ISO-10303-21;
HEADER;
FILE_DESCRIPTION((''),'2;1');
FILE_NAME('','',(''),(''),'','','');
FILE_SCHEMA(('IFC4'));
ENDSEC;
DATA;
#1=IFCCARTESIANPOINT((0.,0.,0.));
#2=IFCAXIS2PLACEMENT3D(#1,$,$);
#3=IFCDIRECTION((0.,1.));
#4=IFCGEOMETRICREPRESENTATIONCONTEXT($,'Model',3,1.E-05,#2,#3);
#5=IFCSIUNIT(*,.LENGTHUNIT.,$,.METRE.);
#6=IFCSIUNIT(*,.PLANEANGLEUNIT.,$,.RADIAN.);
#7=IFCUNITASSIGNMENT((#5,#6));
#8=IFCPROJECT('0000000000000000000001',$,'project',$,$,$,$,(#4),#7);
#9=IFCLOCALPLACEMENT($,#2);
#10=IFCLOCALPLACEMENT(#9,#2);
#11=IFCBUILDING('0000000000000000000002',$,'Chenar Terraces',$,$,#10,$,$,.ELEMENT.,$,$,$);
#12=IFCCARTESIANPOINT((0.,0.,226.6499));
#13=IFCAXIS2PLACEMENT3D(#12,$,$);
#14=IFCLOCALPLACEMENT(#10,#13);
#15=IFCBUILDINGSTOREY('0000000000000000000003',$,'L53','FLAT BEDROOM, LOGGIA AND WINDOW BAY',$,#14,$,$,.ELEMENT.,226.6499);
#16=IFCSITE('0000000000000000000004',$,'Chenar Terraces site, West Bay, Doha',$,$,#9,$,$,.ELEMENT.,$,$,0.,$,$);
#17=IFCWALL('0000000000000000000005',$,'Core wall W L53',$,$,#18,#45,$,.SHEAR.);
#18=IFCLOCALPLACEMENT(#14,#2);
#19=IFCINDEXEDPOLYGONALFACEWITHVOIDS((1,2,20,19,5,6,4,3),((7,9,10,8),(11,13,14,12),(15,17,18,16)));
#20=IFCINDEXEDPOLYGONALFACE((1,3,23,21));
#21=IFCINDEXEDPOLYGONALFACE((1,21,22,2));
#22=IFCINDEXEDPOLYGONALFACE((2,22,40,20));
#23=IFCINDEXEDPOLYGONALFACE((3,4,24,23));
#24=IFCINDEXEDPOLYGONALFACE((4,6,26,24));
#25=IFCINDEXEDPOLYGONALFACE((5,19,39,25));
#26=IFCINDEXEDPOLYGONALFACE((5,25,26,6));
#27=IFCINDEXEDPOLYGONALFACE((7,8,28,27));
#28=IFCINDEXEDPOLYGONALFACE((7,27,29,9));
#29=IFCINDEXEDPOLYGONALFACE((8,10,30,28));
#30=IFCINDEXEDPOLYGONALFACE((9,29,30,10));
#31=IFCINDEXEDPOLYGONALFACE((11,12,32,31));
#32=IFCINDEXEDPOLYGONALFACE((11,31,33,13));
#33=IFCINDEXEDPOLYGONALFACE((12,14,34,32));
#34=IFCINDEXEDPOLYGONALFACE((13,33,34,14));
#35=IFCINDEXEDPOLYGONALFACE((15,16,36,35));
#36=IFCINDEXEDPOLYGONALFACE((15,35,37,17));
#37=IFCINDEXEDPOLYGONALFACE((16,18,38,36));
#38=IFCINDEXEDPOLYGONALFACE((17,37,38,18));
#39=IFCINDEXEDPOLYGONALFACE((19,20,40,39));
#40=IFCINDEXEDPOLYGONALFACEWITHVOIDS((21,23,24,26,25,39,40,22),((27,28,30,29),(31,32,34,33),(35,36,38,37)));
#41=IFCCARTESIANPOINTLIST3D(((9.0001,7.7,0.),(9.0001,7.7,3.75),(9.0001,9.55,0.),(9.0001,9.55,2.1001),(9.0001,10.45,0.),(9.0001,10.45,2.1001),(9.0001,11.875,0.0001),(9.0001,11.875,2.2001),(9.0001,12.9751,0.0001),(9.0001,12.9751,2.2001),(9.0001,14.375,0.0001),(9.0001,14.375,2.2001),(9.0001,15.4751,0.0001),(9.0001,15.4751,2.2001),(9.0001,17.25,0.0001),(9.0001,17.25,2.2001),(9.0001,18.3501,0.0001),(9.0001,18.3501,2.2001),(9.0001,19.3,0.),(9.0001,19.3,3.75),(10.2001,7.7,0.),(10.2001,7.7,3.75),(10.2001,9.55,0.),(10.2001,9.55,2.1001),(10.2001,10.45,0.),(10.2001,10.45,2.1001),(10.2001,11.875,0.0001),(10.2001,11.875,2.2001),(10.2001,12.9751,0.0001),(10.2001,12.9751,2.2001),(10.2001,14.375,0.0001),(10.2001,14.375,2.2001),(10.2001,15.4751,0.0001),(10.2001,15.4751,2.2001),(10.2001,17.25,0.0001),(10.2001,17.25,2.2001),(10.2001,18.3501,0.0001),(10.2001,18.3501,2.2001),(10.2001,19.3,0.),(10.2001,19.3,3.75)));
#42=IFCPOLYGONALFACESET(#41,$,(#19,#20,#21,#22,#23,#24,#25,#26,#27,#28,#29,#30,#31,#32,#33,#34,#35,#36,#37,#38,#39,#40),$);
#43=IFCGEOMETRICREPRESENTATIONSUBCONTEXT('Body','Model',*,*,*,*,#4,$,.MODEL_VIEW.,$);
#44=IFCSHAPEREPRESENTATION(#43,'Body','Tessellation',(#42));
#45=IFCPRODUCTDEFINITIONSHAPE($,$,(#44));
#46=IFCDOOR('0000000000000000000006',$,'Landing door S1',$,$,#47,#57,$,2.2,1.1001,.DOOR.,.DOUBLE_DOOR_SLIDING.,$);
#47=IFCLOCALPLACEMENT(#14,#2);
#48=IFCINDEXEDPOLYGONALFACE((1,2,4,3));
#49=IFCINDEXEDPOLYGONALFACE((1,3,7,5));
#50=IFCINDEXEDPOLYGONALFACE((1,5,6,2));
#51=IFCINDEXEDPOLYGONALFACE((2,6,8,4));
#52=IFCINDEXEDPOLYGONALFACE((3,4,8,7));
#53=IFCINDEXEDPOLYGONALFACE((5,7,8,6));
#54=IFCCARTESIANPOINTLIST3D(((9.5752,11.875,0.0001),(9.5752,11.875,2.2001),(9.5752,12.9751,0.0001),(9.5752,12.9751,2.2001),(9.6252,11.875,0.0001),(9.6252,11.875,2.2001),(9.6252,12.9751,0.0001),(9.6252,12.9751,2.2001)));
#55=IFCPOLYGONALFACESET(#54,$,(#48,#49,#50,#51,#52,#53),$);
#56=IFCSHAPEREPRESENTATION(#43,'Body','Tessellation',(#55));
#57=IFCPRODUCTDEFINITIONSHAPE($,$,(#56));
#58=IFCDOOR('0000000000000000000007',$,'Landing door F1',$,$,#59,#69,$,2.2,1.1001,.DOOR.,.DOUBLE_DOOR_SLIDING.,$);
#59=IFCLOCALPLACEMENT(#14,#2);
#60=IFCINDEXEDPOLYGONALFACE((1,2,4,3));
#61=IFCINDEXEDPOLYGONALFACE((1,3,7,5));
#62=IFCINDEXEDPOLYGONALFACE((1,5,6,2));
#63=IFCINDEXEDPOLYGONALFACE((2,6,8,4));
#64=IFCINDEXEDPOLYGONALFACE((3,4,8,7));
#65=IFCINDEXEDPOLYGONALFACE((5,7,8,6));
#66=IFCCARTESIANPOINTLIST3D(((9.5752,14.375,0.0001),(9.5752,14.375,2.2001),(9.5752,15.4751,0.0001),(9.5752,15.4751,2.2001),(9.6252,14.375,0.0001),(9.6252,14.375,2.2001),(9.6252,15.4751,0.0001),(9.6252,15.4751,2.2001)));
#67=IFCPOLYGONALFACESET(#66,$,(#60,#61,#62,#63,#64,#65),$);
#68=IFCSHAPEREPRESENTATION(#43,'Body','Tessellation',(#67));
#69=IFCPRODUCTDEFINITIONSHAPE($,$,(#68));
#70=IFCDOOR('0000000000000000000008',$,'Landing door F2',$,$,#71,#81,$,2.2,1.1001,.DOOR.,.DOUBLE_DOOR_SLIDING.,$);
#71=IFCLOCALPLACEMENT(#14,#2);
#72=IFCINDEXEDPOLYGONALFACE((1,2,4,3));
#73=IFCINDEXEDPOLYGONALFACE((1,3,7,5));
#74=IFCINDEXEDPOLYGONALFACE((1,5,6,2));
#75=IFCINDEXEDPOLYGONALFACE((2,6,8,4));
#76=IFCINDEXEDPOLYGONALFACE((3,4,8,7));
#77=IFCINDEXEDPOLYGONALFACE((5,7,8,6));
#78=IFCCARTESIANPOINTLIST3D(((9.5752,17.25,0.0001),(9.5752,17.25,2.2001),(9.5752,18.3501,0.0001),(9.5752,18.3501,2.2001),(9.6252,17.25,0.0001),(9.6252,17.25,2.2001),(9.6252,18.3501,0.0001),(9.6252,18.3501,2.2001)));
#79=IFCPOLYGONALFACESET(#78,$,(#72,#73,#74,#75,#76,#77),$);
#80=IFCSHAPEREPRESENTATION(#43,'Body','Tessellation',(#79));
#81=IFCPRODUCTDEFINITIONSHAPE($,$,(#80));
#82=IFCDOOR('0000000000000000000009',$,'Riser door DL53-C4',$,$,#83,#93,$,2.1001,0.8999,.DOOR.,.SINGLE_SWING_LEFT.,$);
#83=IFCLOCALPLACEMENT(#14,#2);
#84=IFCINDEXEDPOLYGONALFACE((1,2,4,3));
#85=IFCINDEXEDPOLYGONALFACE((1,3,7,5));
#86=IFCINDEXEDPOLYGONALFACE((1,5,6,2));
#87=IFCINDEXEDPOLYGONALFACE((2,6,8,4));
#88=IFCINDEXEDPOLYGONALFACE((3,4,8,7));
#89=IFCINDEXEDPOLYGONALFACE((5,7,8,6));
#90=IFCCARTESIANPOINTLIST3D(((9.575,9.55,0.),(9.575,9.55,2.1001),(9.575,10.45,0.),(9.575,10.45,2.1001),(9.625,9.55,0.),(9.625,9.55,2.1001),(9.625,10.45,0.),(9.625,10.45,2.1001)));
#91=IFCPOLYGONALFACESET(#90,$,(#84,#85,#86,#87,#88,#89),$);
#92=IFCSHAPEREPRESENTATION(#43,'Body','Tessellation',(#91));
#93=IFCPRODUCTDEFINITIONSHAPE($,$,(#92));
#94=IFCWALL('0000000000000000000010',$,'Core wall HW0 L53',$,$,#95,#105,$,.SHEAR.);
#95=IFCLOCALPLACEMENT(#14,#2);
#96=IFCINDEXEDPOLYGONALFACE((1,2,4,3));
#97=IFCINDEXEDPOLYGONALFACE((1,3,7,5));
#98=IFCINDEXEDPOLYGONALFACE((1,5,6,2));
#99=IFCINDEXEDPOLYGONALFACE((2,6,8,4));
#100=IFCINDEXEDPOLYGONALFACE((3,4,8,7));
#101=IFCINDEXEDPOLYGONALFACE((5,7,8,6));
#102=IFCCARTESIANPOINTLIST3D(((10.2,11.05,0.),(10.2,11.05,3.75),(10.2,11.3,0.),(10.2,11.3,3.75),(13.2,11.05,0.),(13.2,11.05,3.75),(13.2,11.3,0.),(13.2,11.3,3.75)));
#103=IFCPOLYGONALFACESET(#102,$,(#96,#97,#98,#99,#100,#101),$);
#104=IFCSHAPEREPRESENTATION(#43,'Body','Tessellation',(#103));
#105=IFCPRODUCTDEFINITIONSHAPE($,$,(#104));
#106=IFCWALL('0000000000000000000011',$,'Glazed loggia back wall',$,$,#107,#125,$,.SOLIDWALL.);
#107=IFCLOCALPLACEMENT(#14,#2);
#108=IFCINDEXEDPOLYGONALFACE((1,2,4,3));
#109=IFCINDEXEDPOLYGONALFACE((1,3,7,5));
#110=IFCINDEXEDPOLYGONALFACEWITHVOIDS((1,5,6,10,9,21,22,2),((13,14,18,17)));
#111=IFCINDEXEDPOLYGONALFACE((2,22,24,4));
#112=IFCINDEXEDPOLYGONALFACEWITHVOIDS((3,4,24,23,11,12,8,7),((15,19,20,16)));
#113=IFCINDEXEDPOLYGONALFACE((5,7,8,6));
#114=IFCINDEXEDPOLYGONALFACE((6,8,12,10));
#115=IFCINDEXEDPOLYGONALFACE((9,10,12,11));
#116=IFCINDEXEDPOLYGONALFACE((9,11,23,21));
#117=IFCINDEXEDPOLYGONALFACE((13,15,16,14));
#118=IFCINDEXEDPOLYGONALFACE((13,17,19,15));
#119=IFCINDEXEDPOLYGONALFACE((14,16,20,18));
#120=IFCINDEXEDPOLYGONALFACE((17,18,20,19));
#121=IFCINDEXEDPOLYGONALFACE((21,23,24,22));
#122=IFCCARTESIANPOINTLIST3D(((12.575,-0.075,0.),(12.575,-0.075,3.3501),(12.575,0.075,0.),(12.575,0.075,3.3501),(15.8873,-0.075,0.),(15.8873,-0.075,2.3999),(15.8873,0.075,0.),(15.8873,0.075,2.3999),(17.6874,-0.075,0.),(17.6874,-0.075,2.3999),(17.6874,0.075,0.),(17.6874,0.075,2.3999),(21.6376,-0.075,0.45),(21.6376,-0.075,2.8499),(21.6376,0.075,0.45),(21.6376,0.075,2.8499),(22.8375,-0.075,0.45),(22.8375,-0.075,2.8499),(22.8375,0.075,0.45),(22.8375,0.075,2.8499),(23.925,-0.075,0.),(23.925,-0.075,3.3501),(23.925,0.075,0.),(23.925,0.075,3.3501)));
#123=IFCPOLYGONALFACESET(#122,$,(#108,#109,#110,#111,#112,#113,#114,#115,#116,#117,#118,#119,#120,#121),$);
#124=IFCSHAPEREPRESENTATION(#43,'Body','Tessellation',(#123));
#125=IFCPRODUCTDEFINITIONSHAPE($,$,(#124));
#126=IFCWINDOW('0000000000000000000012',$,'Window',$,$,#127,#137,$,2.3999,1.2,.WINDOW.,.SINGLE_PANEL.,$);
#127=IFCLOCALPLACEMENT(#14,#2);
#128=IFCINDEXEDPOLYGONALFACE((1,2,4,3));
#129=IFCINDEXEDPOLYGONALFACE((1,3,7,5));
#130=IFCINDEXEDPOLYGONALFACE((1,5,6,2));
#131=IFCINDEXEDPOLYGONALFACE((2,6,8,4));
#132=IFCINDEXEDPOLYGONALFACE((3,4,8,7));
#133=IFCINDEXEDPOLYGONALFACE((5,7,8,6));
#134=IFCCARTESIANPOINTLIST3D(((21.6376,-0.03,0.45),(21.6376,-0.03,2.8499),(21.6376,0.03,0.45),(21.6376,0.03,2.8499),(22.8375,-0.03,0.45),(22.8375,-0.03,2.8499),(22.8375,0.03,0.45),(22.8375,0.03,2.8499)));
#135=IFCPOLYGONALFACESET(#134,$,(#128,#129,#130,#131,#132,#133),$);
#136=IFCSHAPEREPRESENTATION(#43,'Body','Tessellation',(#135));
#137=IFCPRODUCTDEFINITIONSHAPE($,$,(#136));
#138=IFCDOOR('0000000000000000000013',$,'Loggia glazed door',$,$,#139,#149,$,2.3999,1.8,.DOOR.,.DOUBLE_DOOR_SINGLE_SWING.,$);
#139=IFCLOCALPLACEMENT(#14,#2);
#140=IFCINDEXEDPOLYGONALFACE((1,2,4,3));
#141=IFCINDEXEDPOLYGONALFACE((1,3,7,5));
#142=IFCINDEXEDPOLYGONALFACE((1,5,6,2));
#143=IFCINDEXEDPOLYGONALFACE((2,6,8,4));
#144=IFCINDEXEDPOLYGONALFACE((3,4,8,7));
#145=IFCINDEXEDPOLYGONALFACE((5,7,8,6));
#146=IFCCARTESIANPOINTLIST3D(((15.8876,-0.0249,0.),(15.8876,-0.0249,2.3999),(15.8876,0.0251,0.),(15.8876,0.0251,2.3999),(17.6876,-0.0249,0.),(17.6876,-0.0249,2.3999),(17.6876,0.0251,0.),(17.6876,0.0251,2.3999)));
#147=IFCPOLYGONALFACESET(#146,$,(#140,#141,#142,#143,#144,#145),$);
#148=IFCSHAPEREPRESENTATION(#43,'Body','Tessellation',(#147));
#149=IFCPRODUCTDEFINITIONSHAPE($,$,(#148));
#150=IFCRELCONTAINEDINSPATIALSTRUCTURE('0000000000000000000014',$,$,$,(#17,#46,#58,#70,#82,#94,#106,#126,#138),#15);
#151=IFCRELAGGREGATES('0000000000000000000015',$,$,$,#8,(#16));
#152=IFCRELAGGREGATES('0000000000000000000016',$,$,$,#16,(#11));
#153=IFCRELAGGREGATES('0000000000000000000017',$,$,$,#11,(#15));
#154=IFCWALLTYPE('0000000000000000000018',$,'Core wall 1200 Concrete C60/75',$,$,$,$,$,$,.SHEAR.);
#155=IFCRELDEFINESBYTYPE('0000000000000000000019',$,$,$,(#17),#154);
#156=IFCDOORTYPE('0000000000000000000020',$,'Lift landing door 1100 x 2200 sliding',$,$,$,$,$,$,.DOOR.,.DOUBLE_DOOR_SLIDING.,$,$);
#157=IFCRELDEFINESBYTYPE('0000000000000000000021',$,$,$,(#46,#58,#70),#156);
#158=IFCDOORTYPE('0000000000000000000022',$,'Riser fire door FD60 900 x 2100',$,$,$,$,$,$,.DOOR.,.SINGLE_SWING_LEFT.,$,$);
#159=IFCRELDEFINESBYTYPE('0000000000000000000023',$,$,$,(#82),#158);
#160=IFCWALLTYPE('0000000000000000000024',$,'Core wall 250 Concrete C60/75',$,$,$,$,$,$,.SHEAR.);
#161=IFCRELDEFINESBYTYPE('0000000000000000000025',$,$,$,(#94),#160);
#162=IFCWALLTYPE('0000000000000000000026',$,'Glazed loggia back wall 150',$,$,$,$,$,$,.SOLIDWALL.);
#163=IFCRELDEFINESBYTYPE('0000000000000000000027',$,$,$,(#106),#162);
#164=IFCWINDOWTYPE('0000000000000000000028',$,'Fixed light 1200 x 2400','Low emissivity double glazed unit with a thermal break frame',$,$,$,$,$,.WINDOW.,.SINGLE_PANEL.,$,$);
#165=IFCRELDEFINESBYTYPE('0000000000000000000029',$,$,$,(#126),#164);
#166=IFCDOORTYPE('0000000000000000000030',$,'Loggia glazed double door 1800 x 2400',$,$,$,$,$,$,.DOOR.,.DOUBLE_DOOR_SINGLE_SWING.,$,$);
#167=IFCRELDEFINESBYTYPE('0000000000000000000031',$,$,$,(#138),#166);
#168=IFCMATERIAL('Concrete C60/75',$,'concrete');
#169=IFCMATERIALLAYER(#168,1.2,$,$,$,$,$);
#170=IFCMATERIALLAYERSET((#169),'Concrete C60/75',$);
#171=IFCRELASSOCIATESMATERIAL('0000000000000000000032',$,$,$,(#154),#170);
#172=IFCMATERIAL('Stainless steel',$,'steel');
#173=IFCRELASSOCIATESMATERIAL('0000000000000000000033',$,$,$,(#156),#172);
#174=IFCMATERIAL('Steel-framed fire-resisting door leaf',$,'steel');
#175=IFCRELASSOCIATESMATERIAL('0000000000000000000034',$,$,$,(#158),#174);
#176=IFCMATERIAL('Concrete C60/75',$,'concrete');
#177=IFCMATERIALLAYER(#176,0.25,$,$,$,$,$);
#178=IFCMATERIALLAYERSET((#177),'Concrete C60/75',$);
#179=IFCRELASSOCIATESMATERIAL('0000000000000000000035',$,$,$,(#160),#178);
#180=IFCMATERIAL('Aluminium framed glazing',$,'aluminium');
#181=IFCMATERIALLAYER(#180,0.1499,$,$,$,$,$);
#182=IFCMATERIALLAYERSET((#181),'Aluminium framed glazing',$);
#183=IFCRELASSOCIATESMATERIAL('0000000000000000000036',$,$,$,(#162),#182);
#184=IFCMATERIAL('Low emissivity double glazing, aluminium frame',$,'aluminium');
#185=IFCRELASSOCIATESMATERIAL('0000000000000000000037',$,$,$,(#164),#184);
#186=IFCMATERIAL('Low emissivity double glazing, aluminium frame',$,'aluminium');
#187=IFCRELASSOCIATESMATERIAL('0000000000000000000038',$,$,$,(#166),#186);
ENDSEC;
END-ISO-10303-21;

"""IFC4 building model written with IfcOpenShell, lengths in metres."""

from ifc_helpers import new_model, si_unit, direction, frame, frame_2d, origin, place, context, subcontext, project, spatial, rectangle, extrude, material, layer, layer_set, type_object, element, fill, save


model = new_model("IFC4")

# Units and contexts
model_context = context("Model", 3, precision=1e-05, world=origin(), true_north=direction((0.0, 1.0)))
body_context = subcontext(model_context, "Body", "Model", "MODEL_VIEW")
ifc_project = project(units=[si_unit("LENGTHUNIT", "METRE"), si_unit("PLANEANGLEUNIT", "RADIAN")], contexts=[model_context])

# Site, building, storey
site_placement = place(None, origin())
site = spatial("IfcSite", under=ifc_project, at=site_placement, Name="Chenar Terraces site, West Bay, Doha", CompositionType="ELEMENT", RefElevation=0.0)
building_placement = place(site_placement, origin())
building = spatial("IfcBuilding", under=site, at=building_placement, Name="Chenar Terraces", CompositionType="ELEMENT")
storey_placement = place(building_placement, frame((0.0, 0.0, 226.6499)))
storey = spatial("IfcBuildingStorey", under=building, at=storey_placement, Name="L53", Description="FLAT BEDROOM, LOGGIA AND WINDOW BAY", CompositionType="ELEMENT", Elevation=226.6499)

# Wall, openings, doors
ifc_material_1 = material(Name="Concrete C60/75", Category="concrete")
ifc_layer_1 = layer(ifc_material_1, 1.2)
ifc_layer_set_1 = layer_set([ifc_layer_1], Name="Concrete C60/75")
wall_type_1 = type_object("IfcWallType", Name="Core wall 1200 Concrete C60/75", PredefinedType="SHEAR", material=ifc_layer_set_1)
wall_1_placement = place(storey_placement, frame((9.6001, 7.7, 0.0), z_axis=(0.0, 0.0, 1.0), x_axis=(0.0, 1.0, 0.0)))
wall_1 = element("IfcWall", 1, at=wall_1_placement, inside=storey, type_object=wall_type_1, Name="Core wall W L53", PredefinedType="SHEAR", context=body_context, shape_type="SweptSolid", body=[
    extrude(rectangle(XDim=11.6001, YDim=1.2, at=frame_2d((5.8, 0.0))), origin(), (0.0, 0.0, 1.0), 3.75),
])
opening_1_placement = place(wall_1_placement, frame((4.175, 0.0, 0.0)))
opening_1 = element("IfcOpeningElement", 2, at=opening_1_placement, cuts=wall_1, PredefinedType="OPENING", context=body_context, shape_type="SweptSolid", body=[
    extrude(rectangle(XDim=1.1001, YDim=2.2, at=frame_2d((0.55, 1.1001))), frame((0.0, 0.6099, 0.0), z_axis=(0.0, -1.0, 0.0), x_axis=(1.0, 0.0, 0.0)), (0.0, 0.0, 1.0), 1.22),
])
opening_2_placement = place(wall_1_placement, frame((6.675, 0.0, 0.0)))
opening_2 = element("IfcOpeningElement", 3, at=opening_2_placement, cuts=wall_1, PredefinedType="OPENING", context=body_context, shape_type="SweptSolid", body=[
    extrude(rectangle(XDim=1.1001, YDim=2.2, at=frame_2d((0.55, 1.1001))), frame((0.0, 0.6099, 0.0), z_axis=(0.0, -1.0, 0.0), x_axis=(1.0, 0.0, 0.0)), (0.0, 0.0, 1.0), 1.22),
])
opening_3_placement = place(wall_1_placement, frame((9.55, 0.0, 0.0)))
opening_3 = element("IfcOpeningElement", 4, at=opening_3_placement, cuts=wall_1, PredefinedType="OPENING", context=body_context, shape_type="SweptSolid", body=[
    extrude(rectangle(XDim=1.1001, YDim=2.2, at=frame_2d((0.55, 1.1001))), frame((0.0, 0.6099, 0.0), z_axis=(0.0, -1.0, 0.0), x_axis=(1.0, 0.0, 0.0)), (0.0, 0.0, 1.0), 1.22),
])
opening_4_placement = place(wall_1_placement, frame((1.8501, 0.0, 0.0)))
opening_4 = element("IfcOpeningElement", 5, at=opening_4_placement, cuts=wall_1, PredefinedType="OPENING", context=body_context, shape_type="SweptSolid", body=[
    extrude(rectangle(XDim=0.8999, YDim=2.1001, at=frame_2d((0.45, 1.05))), frame((0.0, 0.6099, 0.0), z_axis=(0.0, -1.0, 0.0), x_axis=(1.0, 0.0, 0.0)), (0.0, 0.0, 1.0), 1.22),
])
ifc_material_2 = material(Name="Stainless steel", Category="steel")
door_type_1 = type_object("IfcDoorType", Name="Lift landing door 1100 x 2200 sliding", OperationType="DOUBLE_DOOR_SLIDING", PredefinedType="DOOR", material=ifc_material_2)
door_1_placement = place(opening_1_placement, origin())
door_1 = element("IfcDoor", 6, at=door_1_placement, inside=storey, type_object=door_type_1, Name="Landing door S1", OperationType="DOUBLE_DOOR_SLIDING", OverallHeight=2.2, OverallWidth=1.1001, PredefinedType="DOOR", context=body_context, shape_type="SweptSolid", body=[
    extrude(rectangle(XDim=1.1001, YDim=2.2, at=frame_2d((0.55, 1.1001))), frame((0.0, 0.0249, 0.0), z_axis=(0.0, -1.0, 0.0), x_axis=(1.0, 0.0, 0.0)), (0.0, 0.0, 1.0), 0.05),
])
fill(opening_1, door_1)
door_2_placement = place(opening_2_placement, origin())
door_2 = element("IfcDoor", 7, at=door_2_placement, inside=storey, type_object=door_type_1, Name="Landing door F1", OperationType="DOUBLE_DOOR_SLIDING", OverallHeight=2.2, OverallWidth=1.1001, PredefinedType="DOOR", context=body_context, shape_type="SweptSolid", body=[
    extrude(rectangle(XDim=1.1001, YDim=2.2, at=frame_2d((0.55, 1.1001))), frame((0.0, 0.0249, 0.0), z_axis=(0.0, -1.0, 0.0), x_axis=(1.0, 0.0, 0.0)), (0.0, 0.0, 1.0), 0.05),
])
fill(opening_2, door_2)
door_3_placement = place(opening_3_placement, origin())
door_3 = element("IfcDoor", 8, at=door_3_placement, inside=storey, type_object=door_type_1, Name="Landing door F2", OperationType="DOUBLE_DOOR_SLIDING", OverallHeight=2.2, OverallWidth=1.1001, PredefinedType="DOOR", context=body_context, shape_type="SweptSolid", body=[
    extrude(rectangle(XDim=1.1001, YDim=2.2, at=frame_2d((0.55, 1.1001))), frame((0.0, 0.0249, 0.0), z_axis=(0.0, -1.0, 0.0), x_axis=(1.0, 0.0, 0.0)), (0.0, 0.0, 1.0), 0.05),
])
fill(opening_3, door_3)
ifc_material_3 = material(Name="Steel-framed fire-resisting door leaf", Category="steel")
door_type_2 = type_object("IfcDoorType", Name="Riser fire door FD60 900 x 2100", OperationType="SINGLE_SWING_LEFT", PredefinedType="DOOR", material=ifc_material_3)
door_4_placement = place(opening_4_placement, frame((0.8999, 0.0, 0.0), z_axis=(0.0, 0.0, 1.0), x_axis=(-1.0, 0.0, 0.0)))
door_4 = element("IfcDoor", 9, at=door_4_placement, inside=storey, type_object=door_type_2, Name="Riser door DL53-C4", OperationType="SINGLE_SWING_LEFT", OverallHeight=2.1001, OverallWidth=0.8999, PredefinedType="DOOR", context=body_context, shape_type="SweptSolid", body=[
    extrude(rectangle(XDim=0.8999, YDim=2.1001, at=frame_2d((0.45, 1.05))), frame((0.0, 0.0249, 0.0), z_axis=(0.0, -1.0, 0.0), x_axis=(1.0, 0.0, 0.0)), (0.0, 0.0, 1.0), 0.05),
])
fill(opening_4, door_4)

# Wall
ifc_material_4 = material(Name="Concrete C60/75", Category="concrete")
ifc_layer_2 = layer(ifc_material_4, 0.25)
ifc_layer_set_2 = layer_set([ifc_layer_2], Name="Concrete C60/75")
wall_type_2 = type_object("IfcWallType", Name="Core wall 250 Concrete C60/75", PredefinedType="SHEAR", material=ifc_layer_set_2)
wall_2_placement = place(storey_placement, frame((10.2, 11.175, 0.0), z_axis=(0.0, 0.0, 1.0), x_axis=(1.0, 0.0, 0.0)))
element("IfcWall", 10, at=wall_2_placement, inside=storey, type_object=wall_type_2, Name="Core wall HW0 L53", PredefinedType="SHEAR", context=body_context, shape_type="SweptSolid", body=[
    extrude(rectangle(XDim=3.0, YDim=0.25, at=frame_2d((1.5, 0.0))), origin(), (0.0, 0.0, 1.0), 3.75),
])

# Wall, openings, window, door
ifc_material_5 = material(Name="Aluminium framed glazing", Category="aluminium")
ifc_layer_3 = layer(ifc_material_5, 0.1499)
ifc_layer_set_3 = layer_set([ifc_layer_3], Name="Aluminium framed glazing")
wall_type_3 = type_object("IfcWallType", Name="Glazed loggia back wall 150", PredefinedType="SOLIDWALL", material=ifc_layer_set_3)
wall_3_placement = place(storey_placement, frame((12.575, 0.0, 0.0), z_axis=(0.0, 0.0, 1.0), x_axis=(1.0, 0.0, 0.0)))
wall_3 = element("IfcWall", 11, at=wall_3_placement, inside=storey, type_object=wall_type_3, Name="Glazed loggia back wall", PredefinedType="SOLIDWALL", context=body_context, shape_type="SweptSolid", body=[
    extrude(rectangle(XDim=11.3501, YDim=0.1499, at=frame_2d((5.675, 0.0))), origin(), (0.0, 0.0, 1.0), 3.3501),
])
opening_5_placement = place(wall_3_placement, frame((3.3125, 0.0, 0.0)))
opening_5 = element("IfcOpeningElement", 12, at=opening_5_placement, cuts=wall_3, PredefinedType="OPENING", context=body_context, shape_type="SweptSolid", body=[
    extrude(rectangle(XDim=1.8, YDim=2.3999, at=frame_2d((0.8999, 1.2))), frame((0.0, 0.085, 0.0), z_axis=(0.0, -1.0, 0.0), x_axis=(1.0, 0.0, 0.0)), (0.0, 0.0, 1.0), 0.1699),
])
opening_6_placement = place(wall_3_placement, frame((9.0625, 0.0, 0.45)))
opening_6 = element("IfcOpeningElement", 13, at=opening_6_placement, cuts=wall_3, PredefinedType="OPENING", context=body_context, shape_type="SweptSolid", body=[
    extrude(rectangle(XDim=1.2, YDim=2.3999, at=frame_2d((0.6001, 1.2))), frame((0.0, 0.085, 0.0), z_axis=(0.0, -1.0, 0.0), x_axis=(1.0, 0.0, 0.0)), (0.0, 0.0, 1.0), 0.1699),
])
ifc_material_6 = material(Name="Low emissivity double glazing, aluminium frame", Category="aluminium")
window_type = type_object("IfcWindowType", Name="Fixed light 1200 x 2400", Description="Low emissivity double glazed unit with a thermal break frame", PartitioningType="SINGLE_PANEL", PredefinedType="WINDOW", material=ifc_material_6)
window_placement = place(opening_6_placement, origin())
window = element("IfcWindow", 14, at=window_placement, inside=storey, type_object=window_type, Name="Window", OverallHeight=2.3999, OverallWidth=1.2, PartitioningType="SINGLE_PANEL", PredefinedType="WINDOW", context=body_context, shape_type="SweptSolid", body=[
    extrude(rectangle(XDim=1.2, YDim=2.3999, at=frame_2d((0.6001, 1.2))), frame((0.0, 0.03, 0.0), z_axis=(0.0, -1.0, 0.0), x_axis=(1.0, 0.0, 0.0)), (0.0, 0.0, 1.0), 0.0601),
])
fill(opening_6, window)
ifc_material_7 = material(Name="Low emissivity double glazing, aluminium frame", Category="aluminium")
door_type_3 = type_object("IfcDoorType", Name="Loggia glazed double door 1800 x 2400", OperationType="DOUBLE_DOOR_SINGLE_SWING", PredefinedType="DOOR", material=ifc_material_7)
door_5_placement = place(opening_5_placement, frame((1.8, 0.0, 0.0), z_axis=(0.0, 0.0, 1.0), x_axis=(-1.0, 0.0, 0.0)))
door_5 = element("IfcDoor", 15, at=door_5_placement, inside=storey, type_object=door_type_3, Name="Loggia glazed door", OperationType="DOUBLE_DOOR_SINGLE_SWING", OverallHeight=2.3999, OverallWidth=1.8, PredefinedType="DOOR", context=body_context, shape_type="SweptSolid", body=[
    extrude(rectangle(XDim=1.8, YDim=2.3999, at=frame_2d((0.8999, 1.2))), frame((0.0, 0.0249, 0.0), z_axis=(0.0, -1.0, 0.0), x_axis=(1.0, 0.0, 0.0)), (0.0, 0.0, 1.0), 0.05),
])
fill(opening_5, door_5)

save(model, "model.ifc")
